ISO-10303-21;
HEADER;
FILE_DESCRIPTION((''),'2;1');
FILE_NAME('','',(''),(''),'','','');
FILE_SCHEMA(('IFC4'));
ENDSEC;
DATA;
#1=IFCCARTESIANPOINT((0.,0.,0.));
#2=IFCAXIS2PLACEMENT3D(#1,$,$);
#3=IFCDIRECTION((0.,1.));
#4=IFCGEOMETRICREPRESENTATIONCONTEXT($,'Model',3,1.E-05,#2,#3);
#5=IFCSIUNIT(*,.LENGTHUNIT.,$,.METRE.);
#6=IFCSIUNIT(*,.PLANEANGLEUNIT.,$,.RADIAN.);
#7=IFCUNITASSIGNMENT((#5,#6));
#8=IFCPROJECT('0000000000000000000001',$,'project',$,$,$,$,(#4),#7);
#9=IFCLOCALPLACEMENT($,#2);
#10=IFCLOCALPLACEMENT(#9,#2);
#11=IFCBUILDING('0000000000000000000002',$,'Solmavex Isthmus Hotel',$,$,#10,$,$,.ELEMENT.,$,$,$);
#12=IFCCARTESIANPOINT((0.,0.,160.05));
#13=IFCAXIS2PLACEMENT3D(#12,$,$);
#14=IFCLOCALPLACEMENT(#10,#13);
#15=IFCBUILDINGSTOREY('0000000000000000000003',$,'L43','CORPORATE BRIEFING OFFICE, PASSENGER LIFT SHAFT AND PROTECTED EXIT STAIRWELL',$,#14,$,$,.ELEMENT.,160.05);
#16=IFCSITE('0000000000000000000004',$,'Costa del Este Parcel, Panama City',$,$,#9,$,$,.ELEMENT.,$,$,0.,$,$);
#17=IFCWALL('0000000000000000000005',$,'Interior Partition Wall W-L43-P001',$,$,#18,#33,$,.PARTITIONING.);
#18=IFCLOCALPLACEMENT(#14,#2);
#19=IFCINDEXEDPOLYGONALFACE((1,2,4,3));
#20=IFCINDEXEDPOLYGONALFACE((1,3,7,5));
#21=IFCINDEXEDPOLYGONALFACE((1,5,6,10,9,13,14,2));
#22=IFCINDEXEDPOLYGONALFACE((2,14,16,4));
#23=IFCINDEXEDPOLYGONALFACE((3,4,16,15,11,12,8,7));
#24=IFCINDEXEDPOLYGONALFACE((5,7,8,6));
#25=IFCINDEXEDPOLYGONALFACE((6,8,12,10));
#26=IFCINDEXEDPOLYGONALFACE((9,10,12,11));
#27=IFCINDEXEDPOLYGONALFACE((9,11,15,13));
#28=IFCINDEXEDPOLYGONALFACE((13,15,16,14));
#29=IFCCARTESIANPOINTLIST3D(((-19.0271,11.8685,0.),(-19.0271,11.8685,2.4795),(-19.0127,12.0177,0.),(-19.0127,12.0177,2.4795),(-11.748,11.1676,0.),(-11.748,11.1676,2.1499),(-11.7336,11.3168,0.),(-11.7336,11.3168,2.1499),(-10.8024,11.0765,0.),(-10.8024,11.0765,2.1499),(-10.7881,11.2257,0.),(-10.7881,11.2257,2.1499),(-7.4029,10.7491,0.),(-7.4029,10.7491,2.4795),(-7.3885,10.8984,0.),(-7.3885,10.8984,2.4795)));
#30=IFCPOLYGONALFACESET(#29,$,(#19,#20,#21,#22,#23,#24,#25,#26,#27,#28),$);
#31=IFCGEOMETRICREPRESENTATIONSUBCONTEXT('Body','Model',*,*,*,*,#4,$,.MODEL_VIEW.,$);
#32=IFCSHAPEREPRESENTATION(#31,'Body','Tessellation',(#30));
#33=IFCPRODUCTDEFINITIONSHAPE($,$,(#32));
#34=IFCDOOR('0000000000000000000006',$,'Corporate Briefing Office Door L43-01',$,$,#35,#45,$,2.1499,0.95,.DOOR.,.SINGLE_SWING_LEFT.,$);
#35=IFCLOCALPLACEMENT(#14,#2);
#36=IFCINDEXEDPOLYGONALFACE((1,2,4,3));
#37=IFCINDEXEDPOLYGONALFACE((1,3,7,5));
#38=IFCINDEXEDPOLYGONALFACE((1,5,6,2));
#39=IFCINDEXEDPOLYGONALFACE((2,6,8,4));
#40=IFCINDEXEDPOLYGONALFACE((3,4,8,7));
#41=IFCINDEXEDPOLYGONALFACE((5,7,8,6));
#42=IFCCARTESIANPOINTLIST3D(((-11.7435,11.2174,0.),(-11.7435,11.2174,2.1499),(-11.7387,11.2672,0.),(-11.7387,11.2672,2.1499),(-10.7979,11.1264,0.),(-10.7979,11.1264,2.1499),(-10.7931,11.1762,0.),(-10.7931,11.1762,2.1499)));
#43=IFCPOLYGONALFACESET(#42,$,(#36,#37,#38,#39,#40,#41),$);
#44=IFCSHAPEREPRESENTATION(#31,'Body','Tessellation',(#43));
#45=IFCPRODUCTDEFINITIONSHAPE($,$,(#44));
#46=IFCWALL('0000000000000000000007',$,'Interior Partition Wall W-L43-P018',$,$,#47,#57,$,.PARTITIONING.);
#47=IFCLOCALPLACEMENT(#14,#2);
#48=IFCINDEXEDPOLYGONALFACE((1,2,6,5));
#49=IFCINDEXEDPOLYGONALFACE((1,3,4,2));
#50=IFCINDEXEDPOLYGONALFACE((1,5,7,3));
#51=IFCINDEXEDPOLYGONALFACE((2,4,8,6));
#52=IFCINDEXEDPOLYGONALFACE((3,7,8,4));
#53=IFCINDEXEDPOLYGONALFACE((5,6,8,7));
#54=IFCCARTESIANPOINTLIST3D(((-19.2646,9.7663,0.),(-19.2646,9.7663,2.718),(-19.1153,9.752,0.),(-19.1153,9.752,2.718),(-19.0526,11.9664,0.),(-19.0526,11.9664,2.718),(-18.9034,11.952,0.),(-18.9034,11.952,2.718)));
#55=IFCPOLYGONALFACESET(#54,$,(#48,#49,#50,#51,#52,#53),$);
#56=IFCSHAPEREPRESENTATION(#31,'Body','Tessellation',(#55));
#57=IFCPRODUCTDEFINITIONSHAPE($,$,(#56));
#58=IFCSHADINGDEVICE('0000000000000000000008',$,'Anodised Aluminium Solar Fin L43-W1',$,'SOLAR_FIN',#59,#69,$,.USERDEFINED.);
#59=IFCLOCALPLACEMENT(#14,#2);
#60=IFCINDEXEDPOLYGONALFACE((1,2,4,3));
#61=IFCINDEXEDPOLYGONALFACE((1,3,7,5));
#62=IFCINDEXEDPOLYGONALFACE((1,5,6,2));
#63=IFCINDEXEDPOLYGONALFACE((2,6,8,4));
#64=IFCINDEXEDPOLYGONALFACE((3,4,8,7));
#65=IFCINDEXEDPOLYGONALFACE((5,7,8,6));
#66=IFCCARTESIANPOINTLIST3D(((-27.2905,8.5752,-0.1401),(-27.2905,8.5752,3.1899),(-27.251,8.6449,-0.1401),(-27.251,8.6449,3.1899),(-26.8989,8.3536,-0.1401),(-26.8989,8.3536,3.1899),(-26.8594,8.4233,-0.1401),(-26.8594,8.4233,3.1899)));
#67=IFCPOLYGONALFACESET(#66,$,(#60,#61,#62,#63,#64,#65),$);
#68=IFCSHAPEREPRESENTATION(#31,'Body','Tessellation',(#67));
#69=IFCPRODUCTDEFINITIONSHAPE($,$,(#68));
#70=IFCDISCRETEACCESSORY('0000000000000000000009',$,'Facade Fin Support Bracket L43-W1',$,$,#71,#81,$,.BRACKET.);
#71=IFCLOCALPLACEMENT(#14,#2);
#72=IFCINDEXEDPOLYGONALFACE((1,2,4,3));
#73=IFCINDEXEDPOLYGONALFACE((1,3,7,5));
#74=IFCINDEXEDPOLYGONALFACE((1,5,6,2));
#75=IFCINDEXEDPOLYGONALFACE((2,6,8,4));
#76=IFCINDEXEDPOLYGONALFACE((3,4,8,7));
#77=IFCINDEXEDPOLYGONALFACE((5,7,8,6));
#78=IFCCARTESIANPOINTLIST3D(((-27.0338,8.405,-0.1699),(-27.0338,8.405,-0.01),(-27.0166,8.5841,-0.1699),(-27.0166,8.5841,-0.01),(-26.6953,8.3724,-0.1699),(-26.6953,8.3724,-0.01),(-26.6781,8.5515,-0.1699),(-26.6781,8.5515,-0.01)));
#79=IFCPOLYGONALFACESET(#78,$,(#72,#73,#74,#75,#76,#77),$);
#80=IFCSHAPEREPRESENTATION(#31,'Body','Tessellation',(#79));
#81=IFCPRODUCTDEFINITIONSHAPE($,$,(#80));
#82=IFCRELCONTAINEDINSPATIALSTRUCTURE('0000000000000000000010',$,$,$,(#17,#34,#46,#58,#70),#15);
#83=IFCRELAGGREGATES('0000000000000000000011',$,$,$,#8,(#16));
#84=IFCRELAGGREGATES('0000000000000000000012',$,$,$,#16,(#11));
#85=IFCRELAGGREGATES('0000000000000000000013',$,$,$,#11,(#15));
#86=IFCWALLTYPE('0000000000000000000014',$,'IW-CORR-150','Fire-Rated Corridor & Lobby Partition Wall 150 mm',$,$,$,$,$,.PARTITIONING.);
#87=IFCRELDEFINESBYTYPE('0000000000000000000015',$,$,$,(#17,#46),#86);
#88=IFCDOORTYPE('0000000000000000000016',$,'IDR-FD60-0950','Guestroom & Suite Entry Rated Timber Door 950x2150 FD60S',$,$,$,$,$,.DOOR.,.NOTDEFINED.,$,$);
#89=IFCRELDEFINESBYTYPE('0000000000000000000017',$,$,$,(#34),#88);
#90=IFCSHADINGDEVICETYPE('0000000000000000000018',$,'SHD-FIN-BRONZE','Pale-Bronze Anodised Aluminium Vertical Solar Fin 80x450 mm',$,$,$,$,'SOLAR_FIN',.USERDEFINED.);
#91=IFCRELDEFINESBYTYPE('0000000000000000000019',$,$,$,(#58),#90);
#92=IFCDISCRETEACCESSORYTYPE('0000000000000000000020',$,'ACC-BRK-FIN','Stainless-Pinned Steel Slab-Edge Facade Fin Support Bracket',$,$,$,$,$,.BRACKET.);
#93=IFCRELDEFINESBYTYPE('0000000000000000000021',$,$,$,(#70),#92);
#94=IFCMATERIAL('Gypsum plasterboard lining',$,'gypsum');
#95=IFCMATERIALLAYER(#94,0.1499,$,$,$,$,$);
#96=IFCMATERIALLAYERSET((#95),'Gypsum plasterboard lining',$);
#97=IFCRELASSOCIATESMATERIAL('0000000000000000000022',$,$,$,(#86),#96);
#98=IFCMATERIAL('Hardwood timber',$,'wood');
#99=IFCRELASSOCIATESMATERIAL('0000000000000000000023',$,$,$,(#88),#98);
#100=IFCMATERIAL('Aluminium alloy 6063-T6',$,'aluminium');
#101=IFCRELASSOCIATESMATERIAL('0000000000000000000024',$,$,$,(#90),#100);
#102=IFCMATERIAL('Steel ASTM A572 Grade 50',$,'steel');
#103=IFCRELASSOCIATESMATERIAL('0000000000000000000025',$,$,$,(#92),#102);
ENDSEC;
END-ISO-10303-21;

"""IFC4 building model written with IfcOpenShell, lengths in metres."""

from ifc_helpers import new_model, si_unit, direction, frame, frame_2d, origin, origin_2d, place, context, subcontext, project, spatial, rectangle, extrude, material, layer, layer_set, type_object, element, fill, save


model = new_model("IFC4")

# Units and contexts
model_context = context("Model", 3, precision=1e-05, world=origin(), true_north=direction((0.0, 1.0)))
body_context = subcontext(model_context, "Body", "Model", "MODEL_VIEW")
ifc_project = project(units=[si_unit("LENGTHUNIT", "METRE"), si_unit("PLANEANGLEUNIT", "RADIAN")], contexts=[model_context])

# Site, building, storey
site_placement = place(None, origin())
site = spatial("IfcSite", under=ifc_project, at=site_placement, Name="Costa del Este Parcel, Panama City", CompositionType="ELEMENT", RefElevation=0.0)
building_placement = place(site_placement, origin())
building = spatial("IfcBuilding", under=site, at=building_placement, Name="Solmavex Isthmus Hotel", CompositionType="ELEMENT")
storey_placement = place(building_placement, frame((0.0, 0.0, 160.05)))
storey = spatial("IfcBuildingStorey", under=building, at=storey_placement, Name="L43", Description="CORPORATE BRIEFING OFFICE, PASSENGER LIFT SHAFT AND PROTECTED EXIT STAIRWELL", CompositionType="ELEMENT", Elevation=160.05)

# Shared definitions
ifc_material_1 = material(Name="Aluminium alloy 6063-T6", Category="aluminium")

# Shared definitions
ifc_material_2 = material(Name="Gypsum plasterboard lining", Category="gypsum")

# Wall, opening, door
ifc_layer_1 = layer(ifc_material_2, 0.1499)
ifc_layer_set_1 = layer_set([ifc_layer_1], Name="Gypsum plasterboard lining")
wall_type_1 = type_object("IfcWallType", Name="IW-CORR-150", Description="Fire-Rated Corridor & Lobby Partition Wall 150 mm", PredefinedType="PARTITIONING", material=ifc_layer_set_1)
wall_1_placement = place(storey_placement, frame((-19.0198, 11.9431, 0.0), z_axis=(0.0, 0.0, 1.0), x_axis=(0.995395, -0.095854, 0.0)))
wall_1 = element("IfcWall", 1, at=wall_1_placement, inside=storey, type_object=wall_type_1, Name="Interior Partition Wall W-L43-P001", PredefinedType="PARTITIONING", context=body_context, shape_type="SweptSolid", body=[
    extrude(rectangle(XDim=11.678, YDim=0.1499, at=frame_2d((5.8389, 0.0))), origin(), (0.0, 0.0, 1.0), 2.4795),
])
opening_placement = place(wall_1_placement, frame((7.3125, 0.0, 0.0)))
opening = element("IfcOpeningElement", 2, at=opening_placement, cuts=wall_1, PredefinedType="OPENING", context=body_context, shape_type="SweptSolid", body=[
    extrude(rectangle(XDim=0.95, YDim=2.1499, at=frame_2d((0.4751, 1.075))), frame((0.0, 0.085, 0.0), z_axis=(0.0, -1.0, 0.0), x_axis=(1.0, 0.0, 0.0)), (0.0, 0.0, 1.0), 0.1699),
])
ifc_material_3 = material(Name="Hardwood timber", Category="wood")
door_type = type_object("IfcDoorType", Name="IDR-FD60-0950", Description="Guestroom & Suite Entry Rated Timber Door 950x2150 FD60S", OperationType="NOTDEFINED", PredefinedType="DOOR", material=ifc_material_3)
door_placement = place(opening_placement, frame((0.95, 0.0, 0.0), z_axis=(0.0, 0.0, 1.0), x_axis=(-1.0, 0.0, 0.0)))
door = element("IfcDoor", 3, at=door_placement, inside=storey, type_object=door_type, Name="Corporate Briefing Office Door L43-01", OperationType="SINGLE_SWING_LEFT", OverallHeight=2.1499, OverallWidth=0.95, PredefinedType="DOOR", context=body_context, shape_type="SweptSolid", body=[
    extrude(rectangle(XDim=0.95, YDim=2.1499, at=frame_2d((0.4751, 1.075))), frame((0.0, 0.0249, 0.0), z_axis=(0.0, -1.0, 0.0), x_axis=(1.0, 0.0, 0.0)), (0.0, 0.0, 1.0), 0.05),
])
fill(opening, door)

# Wall
wall_2_placement = place(storey_placement, frame((-19.1899, 9.7593, 0.0), z_axis=(0.0, 0.0, 1.0), x_axis=(0.095883, 0.995393, 0.0)))
element("IfcWall", 4, at=wall_2_placement, inside=storey, type_object=wall_type_1, Name="Interior Partition Wall W-L43-P018", PredefinedType="PARTITIONING", context=body_context, shape_type="SweptSolid", body=[
    extrude(rectangle(XDim=2.2102, YDim=0.1499, at=frame_2d((1.105, 0.0))), origin(), (0.0, 0.0, 1.0), 2.718),
])

# Shading device
shading_device_type = type_object("IfcShadingDeviceType", Name="SHD-FIN-BRONZE", Description="Pale-Bronze Anodised Aluminium Vertical Solar Fin 80x450 mm", ElementType="SOLAR_FIN", PredefinedType="USERDEFINED", material=ifc_material_1)
shading_device_placement = place(storey_placement, frame((-27.075, 8.4993, -0.1401), z_axis=(0.0, 0.0, 1.0), x_axis=(-0.870356, 0.492424, 0.0)))
element("IfcShadingDevice", 5, at=shading_device_placement, inside=storey, type_object=shading_device_type, Name="Anodised Aluminium Solar Fin L43-W1", ObjectType="SOLAR_FIN", PredefinedType="USERDEFINED", context=body_context, shape_type="SweptSolid", body=[
    extrude(rectangle(XDim=0.45, YDim=0.0801, at=origin_2d()), origin(), (0.0, 0.0, 1.0), 3.3301),
])

# Discrete accessory
ifc_material_4 = material(Name="Steel ASTM A572 Grade 50", Category="steel")
discrete_accessory_type = type_object("IfcDiscreteAccessoryType", Name="ACC-BRK-FIN", Description="Stainless-Pinned Steel Slab-Edge Facade Fin Support Bracket", PredefinedType="BRACKET", material=ifc_material_4)
discrete_accessory_placement = place(storey_placement, frame((-26.856, 8.4783, -0.1699), z_axis=(0.0, 0.0, 1.0), x_axis=(-0.995396, 0.095846, 0.0)))
element("IfcDiscreteAccessory", 6, at=discrete_accessory_placement, inside=storey, type_object=discrete_accessory_type, Name="Facade Fin Support Bracket L43-W1", PredefinedType="BRACKET", context=body_context, shape_type="SweptSolid", body=[
    extrude(rectangle(XDim=0.3401, YDim=0.1799, at=origin_2d()), origin(), (0.0, 0.0, 1.0), 0.1599),
])

save(model, "model.ifc")
